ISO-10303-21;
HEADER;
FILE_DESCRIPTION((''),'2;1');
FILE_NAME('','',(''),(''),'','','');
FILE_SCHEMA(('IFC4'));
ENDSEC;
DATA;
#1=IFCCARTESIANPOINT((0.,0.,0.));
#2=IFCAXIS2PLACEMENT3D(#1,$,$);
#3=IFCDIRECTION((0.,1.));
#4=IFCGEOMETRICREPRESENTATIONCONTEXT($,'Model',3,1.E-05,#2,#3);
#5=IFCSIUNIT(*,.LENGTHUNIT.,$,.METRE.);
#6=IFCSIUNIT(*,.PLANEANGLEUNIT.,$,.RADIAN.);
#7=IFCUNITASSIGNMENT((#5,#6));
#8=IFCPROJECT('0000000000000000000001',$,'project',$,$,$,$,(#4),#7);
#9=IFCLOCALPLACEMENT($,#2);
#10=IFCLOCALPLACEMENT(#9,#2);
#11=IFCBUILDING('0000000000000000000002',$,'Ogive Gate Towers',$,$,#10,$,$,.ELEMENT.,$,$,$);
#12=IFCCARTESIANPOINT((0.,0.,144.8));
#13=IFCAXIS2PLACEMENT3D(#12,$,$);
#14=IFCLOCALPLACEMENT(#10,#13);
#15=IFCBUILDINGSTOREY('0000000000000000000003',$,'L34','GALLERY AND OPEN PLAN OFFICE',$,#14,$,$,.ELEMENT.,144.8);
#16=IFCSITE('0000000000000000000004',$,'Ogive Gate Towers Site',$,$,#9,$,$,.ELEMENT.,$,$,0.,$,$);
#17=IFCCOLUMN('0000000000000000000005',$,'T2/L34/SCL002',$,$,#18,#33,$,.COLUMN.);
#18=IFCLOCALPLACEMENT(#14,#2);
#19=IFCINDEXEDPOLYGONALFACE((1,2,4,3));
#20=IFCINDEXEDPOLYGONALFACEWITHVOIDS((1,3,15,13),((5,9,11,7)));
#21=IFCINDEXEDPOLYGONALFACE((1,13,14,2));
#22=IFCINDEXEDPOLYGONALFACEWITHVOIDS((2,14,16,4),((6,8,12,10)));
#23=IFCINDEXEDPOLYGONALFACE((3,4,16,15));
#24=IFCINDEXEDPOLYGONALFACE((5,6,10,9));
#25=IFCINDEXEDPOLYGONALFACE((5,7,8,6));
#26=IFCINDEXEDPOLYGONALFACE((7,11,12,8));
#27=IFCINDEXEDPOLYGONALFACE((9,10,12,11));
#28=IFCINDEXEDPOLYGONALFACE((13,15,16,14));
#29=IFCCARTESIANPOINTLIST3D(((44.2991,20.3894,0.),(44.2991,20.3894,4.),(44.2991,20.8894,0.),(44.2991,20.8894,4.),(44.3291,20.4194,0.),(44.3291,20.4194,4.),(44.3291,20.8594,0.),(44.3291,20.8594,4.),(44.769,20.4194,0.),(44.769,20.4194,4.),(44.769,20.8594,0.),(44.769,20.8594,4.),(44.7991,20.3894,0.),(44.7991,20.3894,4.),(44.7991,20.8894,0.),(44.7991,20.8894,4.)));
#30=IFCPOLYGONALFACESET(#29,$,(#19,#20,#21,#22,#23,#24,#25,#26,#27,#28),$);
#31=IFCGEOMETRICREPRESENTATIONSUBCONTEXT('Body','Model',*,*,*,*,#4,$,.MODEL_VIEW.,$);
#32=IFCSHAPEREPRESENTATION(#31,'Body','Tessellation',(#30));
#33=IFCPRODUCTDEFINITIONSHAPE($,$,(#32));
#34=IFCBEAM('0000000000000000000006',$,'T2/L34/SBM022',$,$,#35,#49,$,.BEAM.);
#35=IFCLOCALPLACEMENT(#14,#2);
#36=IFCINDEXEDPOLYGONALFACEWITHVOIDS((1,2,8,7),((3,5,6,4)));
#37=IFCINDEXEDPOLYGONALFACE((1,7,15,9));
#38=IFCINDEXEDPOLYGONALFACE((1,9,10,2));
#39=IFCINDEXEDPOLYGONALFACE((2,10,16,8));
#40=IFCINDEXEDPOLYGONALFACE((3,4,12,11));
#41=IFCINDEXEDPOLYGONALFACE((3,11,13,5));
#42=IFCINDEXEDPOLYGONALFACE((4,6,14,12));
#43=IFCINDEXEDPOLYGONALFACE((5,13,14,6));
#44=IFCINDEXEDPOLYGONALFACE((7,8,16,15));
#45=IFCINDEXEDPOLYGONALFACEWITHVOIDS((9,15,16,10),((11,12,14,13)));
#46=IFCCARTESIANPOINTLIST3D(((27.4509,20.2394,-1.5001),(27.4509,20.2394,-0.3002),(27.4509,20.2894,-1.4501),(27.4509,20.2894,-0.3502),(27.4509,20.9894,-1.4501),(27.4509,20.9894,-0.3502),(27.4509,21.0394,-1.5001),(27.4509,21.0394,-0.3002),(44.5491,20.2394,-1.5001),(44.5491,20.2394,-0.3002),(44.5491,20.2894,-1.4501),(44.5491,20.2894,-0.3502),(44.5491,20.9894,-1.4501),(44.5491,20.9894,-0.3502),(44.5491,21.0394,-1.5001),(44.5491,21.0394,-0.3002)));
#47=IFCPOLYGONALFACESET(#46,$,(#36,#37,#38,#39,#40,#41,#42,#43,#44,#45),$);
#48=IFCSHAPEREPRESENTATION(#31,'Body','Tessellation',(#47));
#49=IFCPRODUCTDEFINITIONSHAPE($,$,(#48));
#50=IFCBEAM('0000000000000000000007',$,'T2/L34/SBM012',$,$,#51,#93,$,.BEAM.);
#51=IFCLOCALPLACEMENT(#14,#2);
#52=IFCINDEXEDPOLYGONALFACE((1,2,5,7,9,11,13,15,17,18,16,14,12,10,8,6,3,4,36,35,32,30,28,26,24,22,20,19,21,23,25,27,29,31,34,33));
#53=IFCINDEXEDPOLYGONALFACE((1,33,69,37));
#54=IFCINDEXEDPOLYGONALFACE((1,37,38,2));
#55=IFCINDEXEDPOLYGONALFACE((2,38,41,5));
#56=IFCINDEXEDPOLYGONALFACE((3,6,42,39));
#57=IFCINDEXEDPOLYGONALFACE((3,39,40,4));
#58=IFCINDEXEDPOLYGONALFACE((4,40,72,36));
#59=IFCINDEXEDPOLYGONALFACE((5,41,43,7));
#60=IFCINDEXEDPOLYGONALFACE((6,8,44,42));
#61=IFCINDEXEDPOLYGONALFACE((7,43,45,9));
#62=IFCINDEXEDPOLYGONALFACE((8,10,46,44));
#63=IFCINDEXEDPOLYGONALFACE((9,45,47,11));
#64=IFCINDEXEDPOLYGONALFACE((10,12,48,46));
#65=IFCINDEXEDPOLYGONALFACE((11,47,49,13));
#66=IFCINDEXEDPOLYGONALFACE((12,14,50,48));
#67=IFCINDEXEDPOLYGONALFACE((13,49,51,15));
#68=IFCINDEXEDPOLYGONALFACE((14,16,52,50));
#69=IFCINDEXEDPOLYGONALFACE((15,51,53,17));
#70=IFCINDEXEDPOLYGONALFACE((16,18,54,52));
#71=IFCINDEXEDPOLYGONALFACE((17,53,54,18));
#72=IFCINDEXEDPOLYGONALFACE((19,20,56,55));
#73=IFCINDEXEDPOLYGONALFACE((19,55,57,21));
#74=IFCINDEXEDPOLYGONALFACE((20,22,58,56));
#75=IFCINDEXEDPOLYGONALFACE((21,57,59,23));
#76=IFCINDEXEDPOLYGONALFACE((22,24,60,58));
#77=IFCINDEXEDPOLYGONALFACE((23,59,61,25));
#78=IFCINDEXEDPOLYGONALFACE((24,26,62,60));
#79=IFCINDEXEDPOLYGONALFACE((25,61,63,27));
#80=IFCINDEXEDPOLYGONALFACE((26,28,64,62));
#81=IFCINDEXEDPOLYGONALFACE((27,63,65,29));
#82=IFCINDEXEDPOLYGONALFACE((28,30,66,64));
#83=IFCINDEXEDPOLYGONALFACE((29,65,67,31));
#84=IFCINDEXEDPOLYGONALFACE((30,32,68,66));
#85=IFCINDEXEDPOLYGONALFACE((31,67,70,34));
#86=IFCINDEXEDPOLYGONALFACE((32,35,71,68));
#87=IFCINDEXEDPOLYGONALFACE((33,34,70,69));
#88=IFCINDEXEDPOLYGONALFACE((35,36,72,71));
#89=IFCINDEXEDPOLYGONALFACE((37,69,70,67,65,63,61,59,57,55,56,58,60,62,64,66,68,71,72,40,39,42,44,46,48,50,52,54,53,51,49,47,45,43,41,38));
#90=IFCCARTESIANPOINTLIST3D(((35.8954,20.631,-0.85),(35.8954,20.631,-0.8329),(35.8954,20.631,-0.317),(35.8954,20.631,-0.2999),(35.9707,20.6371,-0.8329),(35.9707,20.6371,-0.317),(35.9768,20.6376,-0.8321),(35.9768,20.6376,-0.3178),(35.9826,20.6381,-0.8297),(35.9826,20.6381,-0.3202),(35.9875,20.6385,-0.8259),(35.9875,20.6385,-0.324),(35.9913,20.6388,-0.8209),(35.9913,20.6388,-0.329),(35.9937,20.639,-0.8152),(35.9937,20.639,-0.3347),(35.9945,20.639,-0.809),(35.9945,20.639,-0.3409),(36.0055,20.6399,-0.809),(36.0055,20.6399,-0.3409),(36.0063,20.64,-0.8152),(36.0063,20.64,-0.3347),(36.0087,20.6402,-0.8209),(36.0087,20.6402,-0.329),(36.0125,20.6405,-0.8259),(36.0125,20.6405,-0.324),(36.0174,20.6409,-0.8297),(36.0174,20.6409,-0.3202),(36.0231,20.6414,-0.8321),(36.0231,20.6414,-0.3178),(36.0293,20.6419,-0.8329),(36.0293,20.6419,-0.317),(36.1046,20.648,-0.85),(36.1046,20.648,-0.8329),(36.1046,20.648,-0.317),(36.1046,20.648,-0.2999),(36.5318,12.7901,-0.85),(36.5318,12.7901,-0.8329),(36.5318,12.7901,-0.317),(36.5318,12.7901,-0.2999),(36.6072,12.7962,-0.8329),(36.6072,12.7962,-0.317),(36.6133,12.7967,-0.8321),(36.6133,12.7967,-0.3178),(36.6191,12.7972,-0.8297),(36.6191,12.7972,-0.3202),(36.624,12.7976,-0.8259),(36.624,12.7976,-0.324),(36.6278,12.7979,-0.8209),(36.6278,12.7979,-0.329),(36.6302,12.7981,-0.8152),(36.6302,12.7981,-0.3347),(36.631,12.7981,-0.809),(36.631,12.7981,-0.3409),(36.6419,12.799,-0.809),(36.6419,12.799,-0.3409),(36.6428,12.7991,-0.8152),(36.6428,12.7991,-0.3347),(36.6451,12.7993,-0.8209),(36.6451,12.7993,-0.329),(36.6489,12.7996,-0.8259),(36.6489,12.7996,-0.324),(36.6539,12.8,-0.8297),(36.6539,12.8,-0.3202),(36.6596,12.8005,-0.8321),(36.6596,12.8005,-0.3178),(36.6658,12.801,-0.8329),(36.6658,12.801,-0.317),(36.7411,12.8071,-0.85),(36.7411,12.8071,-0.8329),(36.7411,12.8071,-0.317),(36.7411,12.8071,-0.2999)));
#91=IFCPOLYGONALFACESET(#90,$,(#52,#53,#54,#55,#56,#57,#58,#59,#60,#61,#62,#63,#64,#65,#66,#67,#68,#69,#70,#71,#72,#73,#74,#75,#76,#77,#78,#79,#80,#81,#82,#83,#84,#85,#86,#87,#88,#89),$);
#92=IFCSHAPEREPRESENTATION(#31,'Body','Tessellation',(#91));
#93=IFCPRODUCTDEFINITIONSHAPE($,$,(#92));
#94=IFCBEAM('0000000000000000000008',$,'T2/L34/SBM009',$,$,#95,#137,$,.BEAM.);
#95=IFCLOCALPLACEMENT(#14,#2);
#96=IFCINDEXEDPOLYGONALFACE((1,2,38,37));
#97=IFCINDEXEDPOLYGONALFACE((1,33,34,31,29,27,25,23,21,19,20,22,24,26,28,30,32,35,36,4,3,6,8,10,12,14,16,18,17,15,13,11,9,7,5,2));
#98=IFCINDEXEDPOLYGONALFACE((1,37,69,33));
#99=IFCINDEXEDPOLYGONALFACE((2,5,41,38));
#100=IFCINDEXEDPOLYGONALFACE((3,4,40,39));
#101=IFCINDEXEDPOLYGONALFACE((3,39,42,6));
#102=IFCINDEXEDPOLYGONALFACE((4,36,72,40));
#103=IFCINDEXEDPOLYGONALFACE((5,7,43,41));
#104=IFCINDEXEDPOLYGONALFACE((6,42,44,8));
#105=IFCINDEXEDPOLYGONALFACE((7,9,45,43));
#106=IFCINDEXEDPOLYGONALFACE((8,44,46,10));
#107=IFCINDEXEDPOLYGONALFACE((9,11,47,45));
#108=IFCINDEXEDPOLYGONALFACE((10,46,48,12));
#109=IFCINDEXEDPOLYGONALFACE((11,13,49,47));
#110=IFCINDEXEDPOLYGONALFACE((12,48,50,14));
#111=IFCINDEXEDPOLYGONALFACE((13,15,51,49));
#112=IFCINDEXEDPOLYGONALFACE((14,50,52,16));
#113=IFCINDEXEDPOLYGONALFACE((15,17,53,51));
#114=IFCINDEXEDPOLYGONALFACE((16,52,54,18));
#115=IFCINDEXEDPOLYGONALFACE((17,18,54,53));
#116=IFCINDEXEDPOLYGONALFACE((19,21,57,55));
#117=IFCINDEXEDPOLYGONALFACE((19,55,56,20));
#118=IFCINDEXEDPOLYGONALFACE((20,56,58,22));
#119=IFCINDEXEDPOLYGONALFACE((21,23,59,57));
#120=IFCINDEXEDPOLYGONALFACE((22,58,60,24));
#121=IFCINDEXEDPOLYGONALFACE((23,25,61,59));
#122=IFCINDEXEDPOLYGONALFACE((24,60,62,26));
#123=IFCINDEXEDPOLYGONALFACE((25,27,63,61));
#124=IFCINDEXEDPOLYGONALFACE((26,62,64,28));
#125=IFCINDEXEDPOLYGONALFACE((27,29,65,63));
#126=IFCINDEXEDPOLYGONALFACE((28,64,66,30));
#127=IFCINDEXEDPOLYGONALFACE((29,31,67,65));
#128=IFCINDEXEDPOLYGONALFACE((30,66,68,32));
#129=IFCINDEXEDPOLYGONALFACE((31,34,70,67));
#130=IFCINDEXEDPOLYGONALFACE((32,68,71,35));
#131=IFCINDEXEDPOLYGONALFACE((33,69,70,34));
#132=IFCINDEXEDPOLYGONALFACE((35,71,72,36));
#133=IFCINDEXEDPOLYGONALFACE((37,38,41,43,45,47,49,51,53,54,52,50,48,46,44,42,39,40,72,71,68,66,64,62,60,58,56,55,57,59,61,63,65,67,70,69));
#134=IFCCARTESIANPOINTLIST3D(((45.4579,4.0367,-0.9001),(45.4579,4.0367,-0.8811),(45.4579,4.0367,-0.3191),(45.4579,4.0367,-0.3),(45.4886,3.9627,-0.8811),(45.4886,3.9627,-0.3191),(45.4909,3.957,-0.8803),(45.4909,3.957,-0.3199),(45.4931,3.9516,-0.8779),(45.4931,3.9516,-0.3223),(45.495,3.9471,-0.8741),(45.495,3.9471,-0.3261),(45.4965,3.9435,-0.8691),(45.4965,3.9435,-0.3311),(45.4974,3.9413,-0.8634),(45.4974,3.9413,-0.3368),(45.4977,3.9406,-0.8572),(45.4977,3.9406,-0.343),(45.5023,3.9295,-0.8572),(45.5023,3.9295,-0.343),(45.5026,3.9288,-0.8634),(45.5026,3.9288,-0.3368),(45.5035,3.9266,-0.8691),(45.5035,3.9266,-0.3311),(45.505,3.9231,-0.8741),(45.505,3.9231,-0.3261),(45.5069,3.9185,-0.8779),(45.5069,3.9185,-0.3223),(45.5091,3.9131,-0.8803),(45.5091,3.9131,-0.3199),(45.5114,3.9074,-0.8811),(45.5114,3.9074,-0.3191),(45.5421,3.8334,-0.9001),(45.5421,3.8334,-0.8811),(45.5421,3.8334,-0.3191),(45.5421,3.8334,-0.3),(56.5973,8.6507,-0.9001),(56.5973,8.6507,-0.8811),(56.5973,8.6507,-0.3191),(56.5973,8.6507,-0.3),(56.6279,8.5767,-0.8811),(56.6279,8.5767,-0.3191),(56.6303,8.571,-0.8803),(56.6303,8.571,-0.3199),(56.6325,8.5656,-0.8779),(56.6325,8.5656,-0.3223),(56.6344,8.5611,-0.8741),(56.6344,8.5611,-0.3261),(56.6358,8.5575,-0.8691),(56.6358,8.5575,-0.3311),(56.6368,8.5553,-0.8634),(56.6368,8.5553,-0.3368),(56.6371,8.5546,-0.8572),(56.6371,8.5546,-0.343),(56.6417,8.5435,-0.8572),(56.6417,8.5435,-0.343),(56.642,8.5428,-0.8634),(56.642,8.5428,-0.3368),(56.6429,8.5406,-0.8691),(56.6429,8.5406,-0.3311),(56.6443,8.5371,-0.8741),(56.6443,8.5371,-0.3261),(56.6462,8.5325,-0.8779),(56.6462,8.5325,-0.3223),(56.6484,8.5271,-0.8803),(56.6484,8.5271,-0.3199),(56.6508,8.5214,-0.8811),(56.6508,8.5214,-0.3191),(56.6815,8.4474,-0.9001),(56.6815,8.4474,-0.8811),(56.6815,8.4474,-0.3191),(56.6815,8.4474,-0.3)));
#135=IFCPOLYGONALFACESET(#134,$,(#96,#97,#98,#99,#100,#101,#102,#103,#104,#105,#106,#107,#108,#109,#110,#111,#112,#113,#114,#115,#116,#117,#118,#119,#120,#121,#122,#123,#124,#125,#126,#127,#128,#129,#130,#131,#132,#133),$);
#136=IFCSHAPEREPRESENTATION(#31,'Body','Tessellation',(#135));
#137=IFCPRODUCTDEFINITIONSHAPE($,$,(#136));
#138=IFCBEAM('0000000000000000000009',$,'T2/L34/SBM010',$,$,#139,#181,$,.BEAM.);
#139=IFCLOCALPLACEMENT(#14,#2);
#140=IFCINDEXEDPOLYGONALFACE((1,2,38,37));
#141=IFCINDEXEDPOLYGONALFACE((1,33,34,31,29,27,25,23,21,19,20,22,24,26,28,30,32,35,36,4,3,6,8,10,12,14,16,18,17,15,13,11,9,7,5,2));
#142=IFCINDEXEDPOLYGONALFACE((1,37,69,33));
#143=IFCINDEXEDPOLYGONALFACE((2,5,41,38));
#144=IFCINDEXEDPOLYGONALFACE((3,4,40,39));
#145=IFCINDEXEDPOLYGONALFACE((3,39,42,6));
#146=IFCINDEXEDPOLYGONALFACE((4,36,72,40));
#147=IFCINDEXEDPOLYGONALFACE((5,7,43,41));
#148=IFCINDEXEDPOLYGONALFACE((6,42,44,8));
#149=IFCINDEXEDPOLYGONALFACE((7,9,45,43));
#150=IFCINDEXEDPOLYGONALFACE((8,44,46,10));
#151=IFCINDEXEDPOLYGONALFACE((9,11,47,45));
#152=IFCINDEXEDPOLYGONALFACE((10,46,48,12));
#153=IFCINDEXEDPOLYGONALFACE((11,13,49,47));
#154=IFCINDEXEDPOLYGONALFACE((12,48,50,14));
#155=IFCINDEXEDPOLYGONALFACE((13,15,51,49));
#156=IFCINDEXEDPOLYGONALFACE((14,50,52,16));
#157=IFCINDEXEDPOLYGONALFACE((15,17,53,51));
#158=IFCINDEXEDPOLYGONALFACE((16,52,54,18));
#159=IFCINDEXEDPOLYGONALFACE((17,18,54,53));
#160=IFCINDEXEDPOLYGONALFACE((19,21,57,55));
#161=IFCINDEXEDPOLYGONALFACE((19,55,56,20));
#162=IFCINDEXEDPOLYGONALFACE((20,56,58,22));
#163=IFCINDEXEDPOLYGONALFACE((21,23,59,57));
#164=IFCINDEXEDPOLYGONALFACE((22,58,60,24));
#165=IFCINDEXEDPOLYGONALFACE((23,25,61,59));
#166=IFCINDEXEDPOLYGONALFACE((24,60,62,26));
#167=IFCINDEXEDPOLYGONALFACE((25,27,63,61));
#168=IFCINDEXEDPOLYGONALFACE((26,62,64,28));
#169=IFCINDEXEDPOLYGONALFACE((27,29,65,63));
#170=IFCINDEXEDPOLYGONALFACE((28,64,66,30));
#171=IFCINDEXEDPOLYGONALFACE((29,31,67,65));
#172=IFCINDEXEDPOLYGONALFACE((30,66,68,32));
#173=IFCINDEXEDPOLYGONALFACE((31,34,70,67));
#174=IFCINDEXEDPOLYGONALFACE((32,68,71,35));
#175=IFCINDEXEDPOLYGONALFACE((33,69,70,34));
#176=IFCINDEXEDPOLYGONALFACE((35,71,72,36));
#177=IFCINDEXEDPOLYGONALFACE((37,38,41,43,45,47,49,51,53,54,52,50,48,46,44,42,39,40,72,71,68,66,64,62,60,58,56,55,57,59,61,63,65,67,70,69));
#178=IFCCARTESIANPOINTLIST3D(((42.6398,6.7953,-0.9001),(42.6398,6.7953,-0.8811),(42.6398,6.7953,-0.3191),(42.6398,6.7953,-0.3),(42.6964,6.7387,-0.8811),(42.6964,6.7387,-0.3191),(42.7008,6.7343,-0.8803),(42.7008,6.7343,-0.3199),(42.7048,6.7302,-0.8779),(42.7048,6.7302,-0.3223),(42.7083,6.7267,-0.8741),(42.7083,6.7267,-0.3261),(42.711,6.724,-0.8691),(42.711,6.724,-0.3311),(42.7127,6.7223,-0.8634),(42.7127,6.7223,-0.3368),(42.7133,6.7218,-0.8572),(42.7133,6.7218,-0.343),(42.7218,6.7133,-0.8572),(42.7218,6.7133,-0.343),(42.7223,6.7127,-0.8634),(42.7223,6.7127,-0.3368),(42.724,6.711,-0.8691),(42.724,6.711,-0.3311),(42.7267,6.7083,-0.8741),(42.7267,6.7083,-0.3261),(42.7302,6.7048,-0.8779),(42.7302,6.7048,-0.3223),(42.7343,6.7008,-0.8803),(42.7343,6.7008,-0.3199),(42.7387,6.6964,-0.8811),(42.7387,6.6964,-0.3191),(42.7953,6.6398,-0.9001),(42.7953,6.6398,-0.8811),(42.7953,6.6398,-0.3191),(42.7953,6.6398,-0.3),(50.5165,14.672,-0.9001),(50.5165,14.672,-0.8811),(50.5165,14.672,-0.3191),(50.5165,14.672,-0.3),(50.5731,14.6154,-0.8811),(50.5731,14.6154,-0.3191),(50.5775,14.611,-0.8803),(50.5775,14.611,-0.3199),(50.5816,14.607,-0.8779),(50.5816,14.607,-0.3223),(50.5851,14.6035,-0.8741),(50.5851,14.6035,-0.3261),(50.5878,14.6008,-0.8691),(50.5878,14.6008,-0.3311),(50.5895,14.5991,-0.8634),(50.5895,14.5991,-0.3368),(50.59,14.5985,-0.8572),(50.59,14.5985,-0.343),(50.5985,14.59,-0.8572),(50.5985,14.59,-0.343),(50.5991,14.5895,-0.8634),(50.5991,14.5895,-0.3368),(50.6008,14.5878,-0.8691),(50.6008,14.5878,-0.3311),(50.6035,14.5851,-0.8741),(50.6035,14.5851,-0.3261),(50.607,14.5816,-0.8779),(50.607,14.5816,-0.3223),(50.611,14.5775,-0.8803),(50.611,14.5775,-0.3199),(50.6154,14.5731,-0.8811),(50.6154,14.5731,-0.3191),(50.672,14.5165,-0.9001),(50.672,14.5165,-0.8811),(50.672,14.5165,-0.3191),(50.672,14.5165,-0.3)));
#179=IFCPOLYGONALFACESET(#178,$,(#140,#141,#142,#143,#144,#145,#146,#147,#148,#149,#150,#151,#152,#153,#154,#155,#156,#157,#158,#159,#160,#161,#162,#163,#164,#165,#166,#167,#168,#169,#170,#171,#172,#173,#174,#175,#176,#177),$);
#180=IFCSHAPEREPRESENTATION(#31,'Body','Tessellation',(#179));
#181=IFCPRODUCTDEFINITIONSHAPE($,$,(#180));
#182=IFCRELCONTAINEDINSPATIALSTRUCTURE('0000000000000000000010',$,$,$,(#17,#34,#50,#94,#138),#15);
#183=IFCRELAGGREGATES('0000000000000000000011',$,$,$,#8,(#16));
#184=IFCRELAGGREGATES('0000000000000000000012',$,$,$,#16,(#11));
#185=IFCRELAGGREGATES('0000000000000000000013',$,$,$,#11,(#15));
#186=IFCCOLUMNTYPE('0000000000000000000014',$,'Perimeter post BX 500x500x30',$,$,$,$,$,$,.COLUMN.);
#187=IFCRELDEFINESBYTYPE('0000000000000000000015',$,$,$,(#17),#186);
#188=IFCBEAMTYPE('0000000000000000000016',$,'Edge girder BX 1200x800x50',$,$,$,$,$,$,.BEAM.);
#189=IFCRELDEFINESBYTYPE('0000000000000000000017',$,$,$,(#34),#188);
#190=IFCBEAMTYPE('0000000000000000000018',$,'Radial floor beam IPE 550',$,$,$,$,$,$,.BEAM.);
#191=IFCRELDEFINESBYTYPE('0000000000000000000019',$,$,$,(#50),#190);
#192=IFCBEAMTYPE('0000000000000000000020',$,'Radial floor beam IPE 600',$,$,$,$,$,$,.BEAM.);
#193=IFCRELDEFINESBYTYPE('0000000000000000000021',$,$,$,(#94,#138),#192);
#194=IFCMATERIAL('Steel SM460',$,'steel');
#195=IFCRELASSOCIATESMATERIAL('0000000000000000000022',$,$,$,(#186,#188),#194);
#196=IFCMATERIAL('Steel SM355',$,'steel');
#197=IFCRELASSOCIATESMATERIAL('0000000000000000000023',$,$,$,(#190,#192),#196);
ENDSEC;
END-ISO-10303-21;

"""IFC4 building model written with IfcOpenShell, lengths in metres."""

from ifc_helpers import new_model, si_unit, direction, frame, origin, origin_2d, place, context, subcontext, project, spatial, hollow_rectangle, i_section, extrude, material, material_profile, profile_set, type_object, element, save


model = new_model("IFC4")

# Units and contexts
model_context = context("Model", 3, precision=1e-05, world=origin(), true_north=direction((0.0, 1.0)))
body_context = subcontext(model_context, "Body", "Model", "MODEL_VIEW")
ifc_project = project(units=[si_unit("LENGTHUNIT", "METRE"), si_unit("PLANEANGLEUNIT", "RADIAN")], contexts=[model_context])

# Site, building, storey
site_placement = place(None, origin())
site = spatial("IfcSite", under=ifc_project, at=site_placement, Name="Ogive Gate Towers Site", CompositionType="ELEMENT", RefElevation=0.0)
building_placement = place(site_placement, origin())
building = spatial("IfcBuilding", under=site, at=building_placement, Name="Ogive Gate Towers", CompositionType="ELEMENT")
storey_placement = place(building_placement, frame((0.0, 0.0, 144.8)))
storey = spatial("IfcBuildingStorey", under=building, at=storey_placement, Name="L34", Description="GALLERY AND OPEN PLAN OFFICE", CompositionType="ELEMENT", Elevation=144.8)

# Column
ifc_material_1 = material(Name="Steel SM460", Category="steel")
ifc_material_profile_1 = material_profile(ifc_material_1, hollow_rectangle(XDim=0.5, YDim=0.5, WallThickness=0.03, at=origin_2d()), Name="BX 500x500x30")
ifc_profile_set_1 = profile_set([ifc_material_profile_1], Name="Steel SM460")
column_type = type_object("IfcColumnType", Name="Perimeter post BX 500x500x30", PredefinedType="COLUMN", material=ifc_profile_set_1)
column_placement = place(storey_placement, frame((44.5491, 20.6394, 0.0), z_axis=(0.0, 0.0, 1.0), x_axis=(1.0, 0.0, 0.0)))
element("IfcColumn", 1, at=column_placement, inside=storey, type_object=column_type, Name="T2/L34/SCL002", PredefinedType="COLUMN", context=body_context, shape_type="SweptSolid", body=[
    extrude(hollow_rectangle(XDim=0.5, YDim=0.5, WallThickness=0.03, at=origin_2d()), origin(), (0.0, 0.0, 1.0), 4.0),
])

# Beams
ifc_material_profile_2 = material_profile(ifc_material_1, hollow_rectangle(XDim=0.8, YDim=1.2, WallThickness=0.05, at=origin_2d()), Name="BX 1200x800x50")
ifc_profile_set_2 = profile_set([ifc_material_profile_2], Name="Steel SM460")
beam_type_1 = type_object("IfcBeamType", Name="Edge girder BX 1200x800x50", PredefinedType="BEAM", material=ifc_profile_set_2)
beam_1_placement = place(storey_placement, frame((44.5491, 20.6394, -0.9001), z_axis=(-1.0, 0.0, 0.0), x_axis=(0.0, -1.0, 0.0)))
element("IfcBeam", 2, at=beam_1_placement, inside=storey, type_object=beam_type_1, Name="T2/L34/SBM022", PredefinedType="BEAM", context=body_context, shape_type="SweptSolid", body=[
    extrude(hollow_rectangle(XDim=0.8, YDim=1.2, WallThickness=0.05, at=origin_2d()), origin(), (0.0, 0.0, 1.0), 17.0981),
])
ifc_material_2 = material(Name="Steel SM355", Category="steel")
ifc_material_profile_3 = material_profile(ifc_material_2, i_section(OverallWidth=0.21, OverallDepth=0.55, WebThickness=0.011, FlangeThickness=0.0171, FilletRadius=0.0239, at=origin_2d()), Name="IPE 550")
ifc_profile_set_3 = profile_set([ifc_material_profile_3], Name="Steel SM355")
beam_type_2 = type_object("IfcBeamType", Name="Radial floor beam IPE 550", PredefinedType="BEAM", material=ifc_profile_set_3)
beam_2_placement = place(storey_placement, frame((36.6365, 12.7986, -0.575), z_axis=(-0.080908, 0.996722, 0.0), x_axis=(-0.996722, -0.080908, 0.0)))
element("IfcBeam", 3, at=beam_2_placement, inside=storey, type_object=beam_type_2, Name="T2/L34/SBM012", PredefinedType="BEAM", context=body_context, shape_type="SweptSolid", body=[
    extrude(i_section(OverallWidth=0.21, OverallDepth=0.55, WebThickness=0.011, FlangeThickness=0.0171, FilletRadius=0.0239, at=origin_2d()), origin(), (0.0, 0.0, 1.0), 7.8667),
])
ifc_material_profile_4 = material_profile(ifc_material_2, i_section(OverallWidth=0.22, OverallDepth=0.6001, WebThickness=0.012, FlangeThickness=0.019, FilletRadius=0.0239, at=origin_2d()), Name="IPE 600")
ifc_profile_set_4 = profile_set([ifc_material_profile_4], Name="Steel SM355")
beam_type_3 = type_object("IfcBeamType", Name="Radial floor beam IPE 600", PredefinedType="BEAM", material=ifc_profile_set_4)
beam_3_placement = place(storey_placement, frame((45.5, 3.9351, -0.6001), z_axis=(0.923882, 0.382678, 0.0), x_axis=(-0.382678, 0.923882, 0.0)))
element("IfcBeam", 4, at=beam_3_placement, inside=storey, type_object=beam_type_3, Name="T2/L34/SBM009", PredefinedType="BEAM", context=body_context, shape_type="SweptSolid", body=[
    extrude(i_section(OverallWidth=0.22, OverallDepth=0.6001, WebThickness=0.012, FlangeThickness=0.019, FilletRadius=0.0239, at=origin_2d()), origin(), (0.0, 0.0, 1.0), 12.0571),
])
beam_4_placement = place(storey_placement, frame((42.7175, 6.7175, -0.6001), z_axis=(0.707107, 0.707107, 0.0), x_axis=(-0.707107, 0.707107, 0.0)))
element("IfcBeam", 5, at=beam_4_placement, inside=storey, type_object=beam_type_3, Name="T2/L34/SBM010", PredefinedType="BEAM", context=body_context, shape_type="SweptSolid", body=[
    extrude(i_section(OverallWidth=0.22, OverallDepth=0.6001, WebThickness=0.012, FlangeThickness=0.019, FilletRadius=0.0239, at=origin_2d()), origin(), (0.0, 0.0, 1.0), 11.1394),
])

save(model, "model.ifc")
